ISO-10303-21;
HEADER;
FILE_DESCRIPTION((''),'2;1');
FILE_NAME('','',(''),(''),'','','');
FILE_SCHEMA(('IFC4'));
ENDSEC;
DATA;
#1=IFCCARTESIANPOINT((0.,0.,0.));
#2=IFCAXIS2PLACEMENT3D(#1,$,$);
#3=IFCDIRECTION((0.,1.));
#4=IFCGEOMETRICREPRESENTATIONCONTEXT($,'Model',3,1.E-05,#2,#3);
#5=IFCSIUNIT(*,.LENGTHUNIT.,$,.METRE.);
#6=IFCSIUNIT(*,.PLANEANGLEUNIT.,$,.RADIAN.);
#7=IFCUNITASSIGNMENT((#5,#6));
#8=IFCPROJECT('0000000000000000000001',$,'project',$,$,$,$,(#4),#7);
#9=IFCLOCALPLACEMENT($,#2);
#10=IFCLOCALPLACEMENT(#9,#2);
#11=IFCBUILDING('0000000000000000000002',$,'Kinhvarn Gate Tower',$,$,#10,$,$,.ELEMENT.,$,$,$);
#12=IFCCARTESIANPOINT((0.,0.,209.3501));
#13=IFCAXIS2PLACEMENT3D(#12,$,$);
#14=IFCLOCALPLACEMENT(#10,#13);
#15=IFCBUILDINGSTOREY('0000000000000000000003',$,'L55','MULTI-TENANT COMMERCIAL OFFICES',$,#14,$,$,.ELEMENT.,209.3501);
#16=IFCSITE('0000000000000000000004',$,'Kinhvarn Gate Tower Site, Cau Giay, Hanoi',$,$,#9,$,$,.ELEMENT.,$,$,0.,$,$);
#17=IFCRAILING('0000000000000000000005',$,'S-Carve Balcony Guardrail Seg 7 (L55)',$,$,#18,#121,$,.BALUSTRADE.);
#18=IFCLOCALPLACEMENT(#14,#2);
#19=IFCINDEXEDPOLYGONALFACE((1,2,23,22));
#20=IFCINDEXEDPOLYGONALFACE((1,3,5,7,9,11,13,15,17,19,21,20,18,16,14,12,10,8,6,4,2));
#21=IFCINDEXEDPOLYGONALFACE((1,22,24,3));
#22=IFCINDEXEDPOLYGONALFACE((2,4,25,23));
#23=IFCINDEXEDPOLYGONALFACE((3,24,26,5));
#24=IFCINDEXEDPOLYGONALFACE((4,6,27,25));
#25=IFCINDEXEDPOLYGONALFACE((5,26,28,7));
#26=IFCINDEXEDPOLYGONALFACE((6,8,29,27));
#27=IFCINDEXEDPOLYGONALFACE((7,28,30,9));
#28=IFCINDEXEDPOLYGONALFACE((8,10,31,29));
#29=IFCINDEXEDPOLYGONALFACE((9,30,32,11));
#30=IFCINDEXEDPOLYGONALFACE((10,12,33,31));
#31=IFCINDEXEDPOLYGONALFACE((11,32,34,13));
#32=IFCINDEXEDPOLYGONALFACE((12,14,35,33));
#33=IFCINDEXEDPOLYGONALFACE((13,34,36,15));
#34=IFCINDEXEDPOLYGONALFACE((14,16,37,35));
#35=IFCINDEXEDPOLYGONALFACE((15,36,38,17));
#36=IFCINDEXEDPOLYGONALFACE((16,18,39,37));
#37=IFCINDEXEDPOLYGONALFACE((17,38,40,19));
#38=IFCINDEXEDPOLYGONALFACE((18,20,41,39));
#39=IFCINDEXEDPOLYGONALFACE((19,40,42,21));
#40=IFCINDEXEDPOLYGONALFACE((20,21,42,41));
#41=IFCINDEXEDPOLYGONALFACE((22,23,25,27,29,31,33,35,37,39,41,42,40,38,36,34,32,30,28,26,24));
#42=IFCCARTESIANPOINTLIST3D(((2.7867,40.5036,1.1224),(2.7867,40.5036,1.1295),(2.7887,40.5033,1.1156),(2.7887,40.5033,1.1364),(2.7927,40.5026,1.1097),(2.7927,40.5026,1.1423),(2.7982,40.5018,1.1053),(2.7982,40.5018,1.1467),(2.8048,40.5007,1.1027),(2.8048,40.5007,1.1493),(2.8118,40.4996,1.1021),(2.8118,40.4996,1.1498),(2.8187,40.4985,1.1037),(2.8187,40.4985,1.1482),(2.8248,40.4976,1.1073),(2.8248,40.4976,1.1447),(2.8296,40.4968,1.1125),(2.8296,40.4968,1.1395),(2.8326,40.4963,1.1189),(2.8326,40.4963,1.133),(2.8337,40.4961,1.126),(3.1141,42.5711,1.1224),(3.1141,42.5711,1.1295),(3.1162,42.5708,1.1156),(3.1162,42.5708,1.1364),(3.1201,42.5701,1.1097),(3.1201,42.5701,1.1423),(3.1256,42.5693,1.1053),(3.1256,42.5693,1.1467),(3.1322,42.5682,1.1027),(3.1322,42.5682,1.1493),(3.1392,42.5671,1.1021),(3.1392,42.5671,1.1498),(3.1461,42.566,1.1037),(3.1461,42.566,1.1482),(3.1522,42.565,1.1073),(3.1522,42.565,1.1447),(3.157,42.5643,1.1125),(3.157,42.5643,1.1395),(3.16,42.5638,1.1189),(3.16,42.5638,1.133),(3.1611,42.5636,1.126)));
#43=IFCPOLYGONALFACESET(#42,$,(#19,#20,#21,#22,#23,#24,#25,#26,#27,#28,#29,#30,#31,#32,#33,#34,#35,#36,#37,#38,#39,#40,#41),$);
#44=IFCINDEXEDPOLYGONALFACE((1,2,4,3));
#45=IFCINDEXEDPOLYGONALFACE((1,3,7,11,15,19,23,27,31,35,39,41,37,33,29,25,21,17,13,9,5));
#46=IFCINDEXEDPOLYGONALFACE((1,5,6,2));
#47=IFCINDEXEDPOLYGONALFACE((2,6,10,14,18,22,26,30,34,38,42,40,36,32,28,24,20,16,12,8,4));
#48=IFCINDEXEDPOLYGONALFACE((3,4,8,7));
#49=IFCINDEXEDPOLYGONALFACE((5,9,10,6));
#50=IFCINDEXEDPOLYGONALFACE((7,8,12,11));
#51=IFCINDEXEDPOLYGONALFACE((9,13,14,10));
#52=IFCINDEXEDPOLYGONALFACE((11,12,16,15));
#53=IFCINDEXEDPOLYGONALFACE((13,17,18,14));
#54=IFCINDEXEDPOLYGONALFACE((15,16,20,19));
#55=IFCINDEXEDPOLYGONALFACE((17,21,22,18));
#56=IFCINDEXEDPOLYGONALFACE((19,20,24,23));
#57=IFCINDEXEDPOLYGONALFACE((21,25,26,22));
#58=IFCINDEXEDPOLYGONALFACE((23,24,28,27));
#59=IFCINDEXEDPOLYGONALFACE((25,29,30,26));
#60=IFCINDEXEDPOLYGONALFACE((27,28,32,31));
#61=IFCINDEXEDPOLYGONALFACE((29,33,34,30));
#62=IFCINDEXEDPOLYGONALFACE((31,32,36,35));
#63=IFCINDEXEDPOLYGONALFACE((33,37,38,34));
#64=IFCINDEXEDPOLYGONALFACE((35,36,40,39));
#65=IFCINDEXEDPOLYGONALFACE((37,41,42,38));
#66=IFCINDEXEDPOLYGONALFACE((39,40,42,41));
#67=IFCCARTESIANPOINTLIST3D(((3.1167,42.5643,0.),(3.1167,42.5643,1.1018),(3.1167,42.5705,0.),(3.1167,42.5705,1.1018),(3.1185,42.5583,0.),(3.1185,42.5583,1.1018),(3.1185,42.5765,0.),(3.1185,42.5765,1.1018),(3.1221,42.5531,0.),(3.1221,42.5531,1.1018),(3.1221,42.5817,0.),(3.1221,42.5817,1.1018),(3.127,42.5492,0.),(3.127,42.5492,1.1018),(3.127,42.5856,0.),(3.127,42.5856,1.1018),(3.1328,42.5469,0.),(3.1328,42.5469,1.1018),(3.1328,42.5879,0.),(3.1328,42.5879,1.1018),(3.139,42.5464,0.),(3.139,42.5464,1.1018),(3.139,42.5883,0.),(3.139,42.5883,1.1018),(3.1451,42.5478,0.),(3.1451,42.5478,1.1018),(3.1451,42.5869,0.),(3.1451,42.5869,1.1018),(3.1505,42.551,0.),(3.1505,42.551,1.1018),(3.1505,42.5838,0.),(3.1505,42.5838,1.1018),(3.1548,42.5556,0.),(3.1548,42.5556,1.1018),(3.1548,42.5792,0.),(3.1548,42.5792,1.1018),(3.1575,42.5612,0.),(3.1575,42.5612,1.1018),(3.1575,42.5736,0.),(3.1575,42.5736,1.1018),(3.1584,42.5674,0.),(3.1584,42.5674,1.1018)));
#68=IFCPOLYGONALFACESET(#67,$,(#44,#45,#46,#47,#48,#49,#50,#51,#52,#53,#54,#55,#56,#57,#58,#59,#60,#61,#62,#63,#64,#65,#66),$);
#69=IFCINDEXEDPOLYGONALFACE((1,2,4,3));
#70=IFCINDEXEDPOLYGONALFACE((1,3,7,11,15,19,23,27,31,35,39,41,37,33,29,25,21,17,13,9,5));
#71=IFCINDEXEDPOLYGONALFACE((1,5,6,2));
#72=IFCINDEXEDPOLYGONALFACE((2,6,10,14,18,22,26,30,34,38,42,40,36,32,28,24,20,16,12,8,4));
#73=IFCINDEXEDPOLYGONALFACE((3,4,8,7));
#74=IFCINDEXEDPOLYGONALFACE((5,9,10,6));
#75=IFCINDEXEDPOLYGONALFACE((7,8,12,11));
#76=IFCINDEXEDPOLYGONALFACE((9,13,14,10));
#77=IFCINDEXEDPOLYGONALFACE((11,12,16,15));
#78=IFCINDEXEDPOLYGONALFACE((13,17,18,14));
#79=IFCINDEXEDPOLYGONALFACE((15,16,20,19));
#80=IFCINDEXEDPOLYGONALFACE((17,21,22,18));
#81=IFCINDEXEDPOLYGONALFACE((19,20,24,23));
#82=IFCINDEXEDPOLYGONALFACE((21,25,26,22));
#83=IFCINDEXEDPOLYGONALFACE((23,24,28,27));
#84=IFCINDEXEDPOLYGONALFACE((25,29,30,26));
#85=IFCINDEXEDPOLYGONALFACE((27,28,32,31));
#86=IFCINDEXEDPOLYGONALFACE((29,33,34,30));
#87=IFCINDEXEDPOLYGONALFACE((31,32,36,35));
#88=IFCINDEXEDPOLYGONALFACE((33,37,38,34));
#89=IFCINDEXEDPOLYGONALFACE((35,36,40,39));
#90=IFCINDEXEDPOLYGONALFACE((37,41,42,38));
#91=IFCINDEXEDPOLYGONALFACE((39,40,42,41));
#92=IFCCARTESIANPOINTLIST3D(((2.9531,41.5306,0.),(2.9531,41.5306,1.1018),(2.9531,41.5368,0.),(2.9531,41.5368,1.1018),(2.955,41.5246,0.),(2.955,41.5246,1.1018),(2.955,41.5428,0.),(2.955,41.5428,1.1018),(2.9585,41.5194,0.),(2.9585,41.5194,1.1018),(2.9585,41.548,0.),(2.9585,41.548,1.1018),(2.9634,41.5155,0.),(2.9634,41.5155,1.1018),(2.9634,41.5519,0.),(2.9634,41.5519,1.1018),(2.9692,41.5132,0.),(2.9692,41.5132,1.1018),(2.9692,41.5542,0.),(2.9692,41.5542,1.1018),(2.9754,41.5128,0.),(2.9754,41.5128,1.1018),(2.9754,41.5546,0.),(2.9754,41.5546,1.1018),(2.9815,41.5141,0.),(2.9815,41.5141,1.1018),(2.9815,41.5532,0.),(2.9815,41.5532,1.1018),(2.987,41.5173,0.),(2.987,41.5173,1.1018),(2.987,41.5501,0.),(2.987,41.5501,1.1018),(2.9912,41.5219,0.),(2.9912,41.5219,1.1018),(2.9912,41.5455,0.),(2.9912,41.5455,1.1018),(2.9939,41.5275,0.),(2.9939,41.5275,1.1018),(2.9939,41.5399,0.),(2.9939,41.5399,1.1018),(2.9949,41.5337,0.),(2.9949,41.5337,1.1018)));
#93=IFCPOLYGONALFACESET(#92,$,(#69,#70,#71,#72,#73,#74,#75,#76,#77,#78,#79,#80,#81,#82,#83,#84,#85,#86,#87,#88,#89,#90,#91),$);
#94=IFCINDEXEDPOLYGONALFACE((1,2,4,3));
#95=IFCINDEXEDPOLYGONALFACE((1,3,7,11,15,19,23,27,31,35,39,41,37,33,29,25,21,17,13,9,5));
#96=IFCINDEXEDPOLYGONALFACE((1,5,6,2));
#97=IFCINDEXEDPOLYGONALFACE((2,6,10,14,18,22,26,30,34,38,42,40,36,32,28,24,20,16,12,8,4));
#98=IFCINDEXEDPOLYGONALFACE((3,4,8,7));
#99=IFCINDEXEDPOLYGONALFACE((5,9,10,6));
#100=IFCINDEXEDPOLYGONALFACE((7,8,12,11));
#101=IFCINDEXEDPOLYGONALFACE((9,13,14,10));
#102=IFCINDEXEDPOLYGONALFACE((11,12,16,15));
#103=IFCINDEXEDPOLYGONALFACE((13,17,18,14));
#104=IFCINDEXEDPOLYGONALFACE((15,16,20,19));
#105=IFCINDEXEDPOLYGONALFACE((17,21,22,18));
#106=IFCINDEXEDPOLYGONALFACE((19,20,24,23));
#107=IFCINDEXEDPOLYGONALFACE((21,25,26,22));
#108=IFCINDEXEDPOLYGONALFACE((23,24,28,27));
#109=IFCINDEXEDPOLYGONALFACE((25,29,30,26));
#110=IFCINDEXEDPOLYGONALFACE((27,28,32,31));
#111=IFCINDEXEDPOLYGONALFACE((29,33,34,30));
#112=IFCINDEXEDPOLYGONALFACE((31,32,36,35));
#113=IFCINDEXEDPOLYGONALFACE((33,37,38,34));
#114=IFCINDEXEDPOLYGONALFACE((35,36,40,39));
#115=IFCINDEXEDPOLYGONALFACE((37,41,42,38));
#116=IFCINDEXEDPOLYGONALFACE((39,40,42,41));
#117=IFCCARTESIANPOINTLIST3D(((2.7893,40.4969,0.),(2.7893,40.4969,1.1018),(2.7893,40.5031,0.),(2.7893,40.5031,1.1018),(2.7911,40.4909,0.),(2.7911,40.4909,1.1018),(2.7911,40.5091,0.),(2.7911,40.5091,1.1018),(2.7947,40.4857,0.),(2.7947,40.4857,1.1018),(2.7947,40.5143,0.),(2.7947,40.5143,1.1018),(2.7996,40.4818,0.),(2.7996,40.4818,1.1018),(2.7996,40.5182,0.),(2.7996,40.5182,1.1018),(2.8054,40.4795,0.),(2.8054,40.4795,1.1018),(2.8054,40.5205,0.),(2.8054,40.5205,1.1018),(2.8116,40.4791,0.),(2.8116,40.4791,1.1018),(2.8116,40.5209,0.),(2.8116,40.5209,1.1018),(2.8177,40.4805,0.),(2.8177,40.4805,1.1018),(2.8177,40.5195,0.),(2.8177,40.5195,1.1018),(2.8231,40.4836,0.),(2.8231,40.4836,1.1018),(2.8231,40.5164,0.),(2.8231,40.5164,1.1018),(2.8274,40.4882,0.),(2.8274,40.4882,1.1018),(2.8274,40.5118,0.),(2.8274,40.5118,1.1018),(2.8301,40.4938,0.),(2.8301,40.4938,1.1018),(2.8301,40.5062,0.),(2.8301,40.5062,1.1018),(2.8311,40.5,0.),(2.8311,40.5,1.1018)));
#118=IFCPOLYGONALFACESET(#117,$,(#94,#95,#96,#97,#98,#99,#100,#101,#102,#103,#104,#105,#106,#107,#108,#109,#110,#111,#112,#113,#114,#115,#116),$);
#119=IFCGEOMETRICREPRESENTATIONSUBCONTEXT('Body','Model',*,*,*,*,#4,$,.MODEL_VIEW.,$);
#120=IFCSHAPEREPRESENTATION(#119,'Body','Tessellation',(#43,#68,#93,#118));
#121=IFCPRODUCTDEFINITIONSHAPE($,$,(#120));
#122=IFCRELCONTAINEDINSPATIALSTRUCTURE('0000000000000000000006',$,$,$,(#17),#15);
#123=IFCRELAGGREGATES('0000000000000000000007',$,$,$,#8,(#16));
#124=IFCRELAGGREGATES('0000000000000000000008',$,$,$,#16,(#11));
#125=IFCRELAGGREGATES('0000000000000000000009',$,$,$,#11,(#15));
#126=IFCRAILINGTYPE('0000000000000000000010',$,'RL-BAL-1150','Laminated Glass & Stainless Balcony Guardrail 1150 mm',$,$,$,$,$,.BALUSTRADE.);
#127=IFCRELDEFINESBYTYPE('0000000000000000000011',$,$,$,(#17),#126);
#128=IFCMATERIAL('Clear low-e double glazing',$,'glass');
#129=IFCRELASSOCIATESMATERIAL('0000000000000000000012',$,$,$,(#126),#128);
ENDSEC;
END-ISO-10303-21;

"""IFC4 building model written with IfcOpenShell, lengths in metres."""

from ifc_helpers import new_model, si_unit, direction, frame, origin, origin_2d, place, context, subcontext, project, spatial, circle, extrude, material, type_object, element, save


model = new_model("IFC4")

# Units and contexts
model_context = context("Model", 3, precision=1e-05, world=origin(), true_north=direction((0.0, 1.0)))
body_context = subcontext(model_context, "Body", "Model", "MODEL_VIEW")
ifc_project = project(units=[si_unit("LENGTHUNIT", "METRE"), si_unit("PLANEANGLEUNIT", "RADIAN")], contexts=[model_context])

# Site, building, storey
site_placement = place(None, origin())
site = spatial("IfcSite", under=ifc_project, at=site_placement, Name="Kinhvarn Gate Tower Site, Cau Giay, Hanoi", CompositionType="ELEMENT", RefElevation=0.0)
building_placement = place(site_placement, origin())
building = spatial("IfcBuilding", under=site, at=building_placement, Name="Kinhvarn Gate Tower", CompositionType="ELEMENT")
storey_placement = place(building_placement, frame((0.0, 0.0, 209.3501)))
storey = spatial("IfcBuildingStorey", under=building, at=storey_placement, Name="L55", Description="MULTI-TENANT COMMERCIAL OFFICES", CompositionType="ELEMENT", Elevation=209.3501)

# Shared definitions
ifc_material_1 = material(Name="Clear low-e double glazing", Category="glass")

# Railing
railing_type_1 = type_object("IfcRailingType", Name="RL-BAL-1150", Description="Laminated Glass & Stainless Balcony Guardrail 1150 mm", PredefinedType="BALUSTRADE", material=ifc_material_1)
railing_1_placement = place(storey_placement, frame((3.1375, 42.5674, 0.0)))
element("IfcRailing", 1, at=railing_1_placement, inside=storey, type_object=railing_type_1, Name="S-Carve Balcony Guardrail Seg 7 (L55)", PredefinedType="BALUSTRADE", context=body_context, shape_type="SweptSolid", body=[
    extrude(circle(Radius=0.0239, at=origin_2d()), frame((0.0, 0.0, 1.126), z_axis=(-0.156412, -0.987692, 0.0), x_axis=(0.987692, -0.156412, 0.0)), (0.0, 0.0, 1.0), 2.0933),
    extrude(circle(Radius=0.021, at=origin_2d()), origin(), (0.0, 0.0, 1.0), 1.1018),
    extrude(circle(Radius=0.021, at=origin_2d()), frame((-0.1636, -1.0337, 0.0)), (0.0, 0.0, 1.0), 1.1018),
    extrude(circle(Radius=0.021, at=origin_2d()), frame((-0.3274, -2.0674, 0.0)), (0.0, 0.0, 1.0), 1.1018),
])

save(model, "model.ifc")
